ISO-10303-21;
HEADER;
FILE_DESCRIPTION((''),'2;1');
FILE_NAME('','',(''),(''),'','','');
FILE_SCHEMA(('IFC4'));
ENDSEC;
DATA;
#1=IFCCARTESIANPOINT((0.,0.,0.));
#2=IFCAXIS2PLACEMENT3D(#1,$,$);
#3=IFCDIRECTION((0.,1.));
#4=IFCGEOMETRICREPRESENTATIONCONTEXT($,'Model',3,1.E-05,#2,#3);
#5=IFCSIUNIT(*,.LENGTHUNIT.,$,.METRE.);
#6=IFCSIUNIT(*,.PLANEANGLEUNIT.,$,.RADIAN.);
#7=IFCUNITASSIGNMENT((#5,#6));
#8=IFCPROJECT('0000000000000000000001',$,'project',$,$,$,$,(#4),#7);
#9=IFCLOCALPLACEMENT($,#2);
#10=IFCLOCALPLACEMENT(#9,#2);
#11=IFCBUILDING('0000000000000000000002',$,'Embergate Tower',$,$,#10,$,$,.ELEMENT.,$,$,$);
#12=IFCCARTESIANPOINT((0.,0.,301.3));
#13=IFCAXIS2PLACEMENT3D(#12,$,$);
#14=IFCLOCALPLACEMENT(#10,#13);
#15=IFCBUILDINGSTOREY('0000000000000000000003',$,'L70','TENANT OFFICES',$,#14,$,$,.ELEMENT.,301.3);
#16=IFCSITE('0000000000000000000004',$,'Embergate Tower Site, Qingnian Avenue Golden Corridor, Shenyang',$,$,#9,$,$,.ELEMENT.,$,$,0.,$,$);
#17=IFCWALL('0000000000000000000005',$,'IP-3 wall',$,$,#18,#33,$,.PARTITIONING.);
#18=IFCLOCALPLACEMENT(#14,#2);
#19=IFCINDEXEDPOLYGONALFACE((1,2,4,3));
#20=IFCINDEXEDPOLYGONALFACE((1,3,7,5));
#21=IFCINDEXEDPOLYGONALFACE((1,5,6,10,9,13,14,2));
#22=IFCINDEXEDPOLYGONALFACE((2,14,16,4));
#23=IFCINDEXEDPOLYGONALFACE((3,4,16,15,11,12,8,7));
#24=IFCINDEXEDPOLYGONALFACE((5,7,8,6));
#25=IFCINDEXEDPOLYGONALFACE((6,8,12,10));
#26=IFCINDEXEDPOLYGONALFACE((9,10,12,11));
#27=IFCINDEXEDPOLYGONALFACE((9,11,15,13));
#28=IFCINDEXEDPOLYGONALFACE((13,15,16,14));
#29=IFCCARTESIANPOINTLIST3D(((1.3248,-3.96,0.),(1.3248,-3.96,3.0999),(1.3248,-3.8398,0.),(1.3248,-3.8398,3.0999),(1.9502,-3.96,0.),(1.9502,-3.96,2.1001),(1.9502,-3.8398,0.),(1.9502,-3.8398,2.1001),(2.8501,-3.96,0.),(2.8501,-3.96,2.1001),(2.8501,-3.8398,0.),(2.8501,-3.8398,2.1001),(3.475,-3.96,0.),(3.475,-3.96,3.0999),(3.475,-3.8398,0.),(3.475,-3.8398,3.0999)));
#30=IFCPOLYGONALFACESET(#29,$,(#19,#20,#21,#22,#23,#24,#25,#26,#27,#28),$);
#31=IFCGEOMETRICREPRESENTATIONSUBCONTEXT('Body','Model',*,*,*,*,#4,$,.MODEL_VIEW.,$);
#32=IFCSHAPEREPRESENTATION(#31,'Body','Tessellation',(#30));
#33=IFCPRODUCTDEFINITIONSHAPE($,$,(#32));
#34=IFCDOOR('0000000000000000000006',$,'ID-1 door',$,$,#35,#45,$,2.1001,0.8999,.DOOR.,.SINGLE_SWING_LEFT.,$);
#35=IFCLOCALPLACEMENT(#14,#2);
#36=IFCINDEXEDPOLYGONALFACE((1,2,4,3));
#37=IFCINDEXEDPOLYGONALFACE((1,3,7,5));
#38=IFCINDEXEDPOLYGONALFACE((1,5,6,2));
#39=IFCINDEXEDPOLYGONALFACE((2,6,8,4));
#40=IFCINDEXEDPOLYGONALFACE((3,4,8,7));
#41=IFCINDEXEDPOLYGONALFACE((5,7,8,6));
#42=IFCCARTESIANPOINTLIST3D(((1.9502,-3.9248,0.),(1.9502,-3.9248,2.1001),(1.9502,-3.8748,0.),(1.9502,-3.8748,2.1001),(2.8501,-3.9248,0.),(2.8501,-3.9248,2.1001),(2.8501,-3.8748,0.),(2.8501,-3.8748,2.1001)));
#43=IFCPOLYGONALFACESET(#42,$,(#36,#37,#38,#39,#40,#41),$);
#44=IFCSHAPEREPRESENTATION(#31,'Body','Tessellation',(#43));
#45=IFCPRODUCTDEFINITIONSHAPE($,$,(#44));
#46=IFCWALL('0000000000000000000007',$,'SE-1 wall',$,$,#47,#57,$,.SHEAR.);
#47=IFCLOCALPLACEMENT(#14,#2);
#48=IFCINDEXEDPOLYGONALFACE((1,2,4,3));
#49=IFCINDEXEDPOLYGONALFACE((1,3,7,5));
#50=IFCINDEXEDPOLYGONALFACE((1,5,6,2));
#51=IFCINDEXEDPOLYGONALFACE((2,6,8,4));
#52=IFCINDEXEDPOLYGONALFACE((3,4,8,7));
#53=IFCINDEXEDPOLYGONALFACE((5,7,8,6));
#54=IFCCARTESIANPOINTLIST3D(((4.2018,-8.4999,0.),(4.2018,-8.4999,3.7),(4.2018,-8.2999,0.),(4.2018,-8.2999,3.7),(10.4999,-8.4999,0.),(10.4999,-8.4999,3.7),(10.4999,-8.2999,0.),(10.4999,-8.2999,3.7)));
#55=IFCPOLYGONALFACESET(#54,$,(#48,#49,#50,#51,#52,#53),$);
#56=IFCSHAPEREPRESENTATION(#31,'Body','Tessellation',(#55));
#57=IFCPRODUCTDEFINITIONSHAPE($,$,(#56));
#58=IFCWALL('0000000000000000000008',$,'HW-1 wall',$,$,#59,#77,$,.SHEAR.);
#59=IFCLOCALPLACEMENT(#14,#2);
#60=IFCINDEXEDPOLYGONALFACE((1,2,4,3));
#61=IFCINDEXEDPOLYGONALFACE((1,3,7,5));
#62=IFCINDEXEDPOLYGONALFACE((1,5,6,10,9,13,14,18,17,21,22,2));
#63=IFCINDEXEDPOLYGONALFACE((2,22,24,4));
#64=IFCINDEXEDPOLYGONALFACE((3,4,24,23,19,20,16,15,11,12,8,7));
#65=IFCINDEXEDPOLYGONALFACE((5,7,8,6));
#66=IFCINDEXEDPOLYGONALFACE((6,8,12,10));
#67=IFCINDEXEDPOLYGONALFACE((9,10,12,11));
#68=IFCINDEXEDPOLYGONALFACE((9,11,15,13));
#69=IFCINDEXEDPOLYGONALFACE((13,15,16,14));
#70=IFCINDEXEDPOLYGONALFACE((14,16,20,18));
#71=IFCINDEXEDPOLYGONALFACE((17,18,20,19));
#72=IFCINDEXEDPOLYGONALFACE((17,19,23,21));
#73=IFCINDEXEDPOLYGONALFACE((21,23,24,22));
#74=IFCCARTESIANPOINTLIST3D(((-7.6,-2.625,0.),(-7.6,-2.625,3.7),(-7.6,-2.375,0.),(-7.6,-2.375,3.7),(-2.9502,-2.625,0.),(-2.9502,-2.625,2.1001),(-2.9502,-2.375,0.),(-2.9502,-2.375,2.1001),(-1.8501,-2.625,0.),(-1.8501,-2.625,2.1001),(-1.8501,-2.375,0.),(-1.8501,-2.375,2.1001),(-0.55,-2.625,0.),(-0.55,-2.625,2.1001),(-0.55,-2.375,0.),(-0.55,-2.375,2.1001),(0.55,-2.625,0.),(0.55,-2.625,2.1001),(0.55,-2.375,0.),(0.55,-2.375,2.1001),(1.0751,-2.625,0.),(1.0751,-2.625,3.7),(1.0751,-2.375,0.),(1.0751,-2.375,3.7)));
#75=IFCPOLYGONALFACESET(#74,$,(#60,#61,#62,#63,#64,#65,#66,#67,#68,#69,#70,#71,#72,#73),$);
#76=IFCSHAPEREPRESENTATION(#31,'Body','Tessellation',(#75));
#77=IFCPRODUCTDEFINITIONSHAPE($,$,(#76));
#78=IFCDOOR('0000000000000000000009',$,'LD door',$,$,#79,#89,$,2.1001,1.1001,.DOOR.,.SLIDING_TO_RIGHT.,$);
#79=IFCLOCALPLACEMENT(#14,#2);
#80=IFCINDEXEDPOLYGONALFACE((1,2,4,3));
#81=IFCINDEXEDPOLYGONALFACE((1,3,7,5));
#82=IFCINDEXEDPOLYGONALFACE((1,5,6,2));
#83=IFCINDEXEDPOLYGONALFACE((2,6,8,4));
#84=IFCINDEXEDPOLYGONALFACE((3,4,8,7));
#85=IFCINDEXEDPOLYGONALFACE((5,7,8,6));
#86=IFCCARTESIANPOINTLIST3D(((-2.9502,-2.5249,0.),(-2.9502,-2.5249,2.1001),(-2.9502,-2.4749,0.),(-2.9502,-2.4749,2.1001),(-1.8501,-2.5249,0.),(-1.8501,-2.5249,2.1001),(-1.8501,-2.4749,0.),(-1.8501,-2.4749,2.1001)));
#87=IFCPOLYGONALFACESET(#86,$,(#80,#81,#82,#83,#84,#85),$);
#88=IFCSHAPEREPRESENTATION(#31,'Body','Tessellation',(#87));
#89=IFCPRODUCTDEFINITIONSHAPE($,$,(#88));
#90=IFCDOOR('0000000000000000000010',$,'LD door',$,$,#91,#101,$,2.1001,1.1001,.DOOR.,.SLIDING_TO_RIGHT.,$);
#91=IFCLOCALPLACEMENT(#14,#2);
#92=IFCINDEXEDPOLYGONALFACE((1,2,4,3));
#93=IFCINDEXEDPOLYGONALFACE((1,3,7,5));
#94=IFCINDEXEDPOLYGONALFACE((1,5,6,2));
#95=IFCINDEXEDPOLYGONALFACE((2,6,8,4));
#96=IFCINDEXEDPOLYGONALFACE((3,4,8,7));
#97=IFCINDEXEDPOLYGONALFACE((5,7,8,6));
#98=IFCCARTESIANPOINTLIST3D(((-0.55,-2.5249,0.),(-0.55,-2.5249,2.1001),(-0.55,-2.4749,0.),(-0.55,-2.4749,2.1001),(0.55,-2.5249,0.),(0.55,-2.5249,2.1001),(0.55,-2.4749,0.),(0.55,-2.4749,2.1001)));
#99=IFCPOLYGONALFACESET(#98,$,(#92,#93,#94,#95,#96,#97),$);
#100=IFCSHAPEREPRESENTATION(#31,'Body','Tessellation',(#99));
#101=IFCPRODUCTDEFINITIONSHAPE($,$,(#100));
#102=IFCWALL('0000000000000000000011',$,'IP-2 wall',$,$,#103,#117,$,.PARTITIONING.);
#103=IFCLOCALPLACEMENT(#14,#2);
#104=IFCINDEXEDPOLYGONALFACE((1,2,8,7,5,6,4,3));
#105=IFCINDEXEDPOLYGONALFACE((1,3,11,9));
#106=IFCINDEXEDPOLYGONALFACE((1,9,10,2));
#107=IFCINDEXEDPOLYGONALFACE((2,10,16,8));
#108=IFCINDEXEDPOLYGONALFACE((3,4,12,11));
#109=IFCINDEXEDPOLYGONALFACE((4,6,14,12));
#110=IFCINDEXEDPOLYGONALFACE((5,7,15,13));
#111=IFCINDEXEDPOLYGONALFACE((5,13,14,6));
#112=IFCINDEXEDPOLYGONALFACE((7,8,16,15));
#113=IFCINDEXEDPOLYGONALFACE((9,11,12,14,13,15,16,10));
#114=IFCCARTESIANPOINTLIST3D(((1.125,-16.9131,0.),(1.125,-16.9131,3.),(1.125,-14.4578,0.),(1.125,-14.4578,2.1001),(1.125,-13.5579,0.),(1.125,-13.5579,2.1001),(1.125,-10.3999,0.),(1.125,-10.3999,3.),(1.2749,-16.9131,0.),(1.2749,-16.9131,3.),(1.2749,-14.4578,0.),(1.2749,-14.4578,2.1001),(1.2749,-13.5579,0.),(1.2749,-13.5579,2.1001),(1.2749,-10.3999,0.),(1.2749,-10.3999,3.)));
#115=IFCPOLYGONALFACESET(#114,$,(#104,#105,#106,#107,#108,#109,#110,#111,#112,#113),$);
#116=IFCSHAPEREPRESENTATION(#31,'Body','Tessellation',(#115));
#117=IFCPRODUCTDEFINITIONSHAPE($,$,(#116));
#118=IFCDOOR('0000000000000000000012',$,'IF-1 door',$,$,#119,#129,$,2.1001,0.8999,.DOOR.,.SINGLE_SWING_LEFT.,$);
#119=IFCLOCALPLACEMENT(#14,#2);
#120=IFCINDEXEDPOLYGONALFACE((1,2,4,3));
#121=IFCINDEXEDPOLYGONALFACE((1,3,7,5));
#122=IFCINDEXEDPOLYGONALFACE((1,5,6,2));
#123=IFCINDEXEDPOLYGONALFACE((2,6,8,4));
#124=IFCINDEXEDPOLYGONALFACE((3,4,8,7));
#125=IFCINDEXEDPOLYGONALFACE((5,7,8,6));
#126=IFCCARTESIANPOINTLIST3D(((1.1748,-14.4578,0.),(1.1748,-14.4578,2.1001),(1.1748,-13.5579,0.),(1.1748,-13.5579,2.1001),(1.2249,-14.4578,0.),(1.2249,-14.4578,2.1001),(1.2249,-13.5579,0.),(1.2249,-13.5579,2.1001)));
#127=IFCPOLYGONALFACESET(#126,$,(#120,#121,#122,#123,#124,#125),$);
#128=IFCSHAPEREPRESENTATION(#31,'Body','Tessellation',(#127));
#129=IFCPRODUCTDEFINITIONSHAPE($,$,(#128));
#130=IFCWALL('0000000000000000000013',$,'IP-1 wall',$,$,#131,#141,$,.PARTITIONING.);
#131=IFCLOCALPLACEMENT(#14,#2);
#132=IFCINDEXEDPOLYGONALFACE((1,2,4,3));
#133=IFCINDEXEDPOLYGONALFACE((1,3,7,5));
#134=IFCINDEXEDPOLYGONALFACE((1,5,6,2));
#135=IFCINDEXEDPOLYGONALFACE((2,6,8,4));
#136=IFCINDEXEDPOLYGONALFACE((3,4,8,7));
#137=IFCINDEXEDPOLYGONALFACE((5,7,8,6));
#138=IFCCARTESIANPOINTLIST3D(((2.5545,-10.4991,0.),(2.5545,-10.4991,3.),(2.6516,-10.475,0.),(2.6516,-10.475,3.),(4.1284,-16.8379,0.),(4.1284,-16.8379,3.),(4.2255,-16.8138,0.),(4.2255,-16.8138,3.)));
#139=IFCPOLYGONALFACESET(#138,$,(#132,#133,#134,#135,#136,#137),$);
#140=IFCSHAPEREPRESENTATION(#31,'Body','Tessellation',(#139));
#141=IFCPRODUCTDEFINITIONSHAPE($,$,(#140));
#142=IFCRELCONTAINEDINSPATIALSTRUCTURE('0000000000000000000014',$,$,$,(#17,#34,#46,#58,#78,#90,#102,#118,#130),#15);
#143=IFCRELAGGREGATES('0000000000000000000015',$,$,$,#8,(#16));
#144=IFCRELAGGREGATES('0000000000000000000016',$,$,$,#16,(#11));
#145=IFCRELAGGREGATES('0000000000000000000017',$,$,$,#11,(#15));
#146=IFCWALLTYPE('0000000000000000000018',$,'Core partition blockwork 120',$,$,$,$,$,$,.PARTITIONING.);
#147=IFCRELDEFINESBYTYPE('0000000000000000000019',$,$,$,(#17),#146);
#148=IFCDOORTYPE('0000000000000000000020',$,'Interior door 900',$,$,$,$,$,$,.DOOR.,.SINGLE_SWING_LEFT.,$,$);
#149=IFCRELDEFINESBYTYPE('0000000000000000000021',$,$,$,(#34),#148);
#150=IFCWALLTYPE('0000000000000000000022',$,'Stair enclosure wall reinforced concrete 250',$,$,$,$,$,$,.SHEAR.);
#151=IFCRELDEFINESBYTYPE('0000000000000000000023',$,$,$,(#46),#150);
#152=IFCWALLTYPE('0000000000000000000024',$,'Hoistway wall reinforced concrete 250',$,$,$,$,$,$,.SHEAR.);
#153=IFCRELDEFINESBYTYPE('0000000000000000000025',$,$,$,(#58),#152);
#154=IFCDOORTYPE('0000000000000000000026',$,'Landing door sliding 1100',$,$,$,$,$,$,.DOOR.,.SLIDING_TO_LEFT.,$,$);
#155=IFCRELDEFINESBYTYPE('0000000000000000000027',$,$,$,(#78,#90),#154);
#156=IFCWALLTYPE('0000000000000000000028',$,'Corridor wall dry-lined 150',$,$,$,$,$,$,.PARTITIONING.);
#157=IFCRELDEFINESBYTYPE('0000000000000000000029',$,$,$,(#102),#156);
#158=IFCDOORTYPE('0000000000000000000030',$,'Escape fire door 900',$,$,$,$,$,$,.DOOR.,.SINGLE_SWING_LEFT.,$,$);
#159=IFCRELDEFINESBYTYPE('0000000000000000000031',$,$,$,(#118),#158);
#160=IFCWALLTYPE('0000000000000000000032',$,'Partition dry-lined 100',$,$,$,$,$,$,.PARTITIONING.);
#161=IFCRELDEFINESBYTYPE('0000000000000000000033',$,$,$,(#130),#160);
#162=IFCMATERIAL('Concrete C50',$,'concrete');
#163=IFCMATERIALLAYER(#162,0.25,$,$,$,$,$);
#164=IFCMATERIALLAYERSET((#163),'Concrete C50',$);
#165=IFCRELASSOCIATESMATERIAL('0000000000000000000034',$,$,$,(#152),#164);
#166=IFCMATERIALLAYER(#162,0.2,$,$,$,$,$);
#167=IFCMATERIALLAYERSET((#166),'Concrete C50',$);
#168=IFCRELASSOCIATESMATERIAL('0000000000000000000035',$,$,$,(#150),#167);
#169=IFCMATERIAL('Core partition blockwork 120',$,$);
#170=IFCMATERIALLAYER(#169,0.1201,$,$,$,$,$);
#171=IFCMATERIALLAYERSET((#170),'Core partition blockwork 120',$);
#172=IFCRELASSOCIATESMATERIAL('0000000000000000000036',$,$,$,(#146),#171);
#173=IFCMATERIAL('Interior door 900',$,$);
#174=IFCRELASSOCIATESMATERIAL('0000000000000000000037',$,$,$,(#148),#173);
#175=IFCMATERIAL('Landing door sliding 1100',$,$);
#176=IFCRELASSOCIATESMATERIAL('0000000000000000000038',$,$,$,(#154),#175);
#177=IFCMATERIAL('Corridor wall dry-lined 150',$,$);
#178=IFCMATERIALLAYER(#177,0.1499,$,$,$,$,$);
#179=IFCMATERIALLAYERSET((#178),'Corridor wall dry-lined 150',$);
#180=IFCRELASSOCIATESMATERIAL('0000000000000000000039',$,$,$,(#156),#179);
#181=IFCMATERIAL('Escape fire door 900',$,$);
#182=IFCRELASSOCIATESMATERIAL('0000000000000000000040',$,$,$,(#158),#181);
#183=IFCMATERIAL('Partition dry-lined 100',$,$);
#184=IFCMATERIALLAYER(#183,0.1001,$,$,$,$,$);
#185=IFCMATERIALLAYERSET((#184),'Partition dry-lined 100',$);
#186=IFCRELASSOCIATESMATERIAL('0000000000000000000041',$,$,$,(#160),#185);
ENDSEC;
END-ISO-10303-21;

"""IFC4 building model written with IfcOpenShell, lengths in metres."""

from ifc_helpers import new_model, si_unit, direction, frame, frame_2d, origin, place, context, subcontext, project, spatial, rectangle, extrude, source, transform, mapped, material, layer, layer_set, type_object, element, fill, save


model = new_model("IFC4")

# Units and contexts
model_context = context("Model", 3, precision=1e-05, world=origin(), true_north=direction((0.0, 1.0)))
body_context = subcontext(model_context, "Body", "Model", "MODEL_VIEW")
ifc_project = project(units=[si_unit("LENGTHUNIT", "METRE"), si_unit("PLANEANGLEUNIT", "RADIAN")], contexts=[model_context])

# Site, building, storey
site_placement = place(None, origin())
site = spatial("IfcSite", under=ifc_project, at=site_placement, Name="Embergate Tower Site, Qingnian Avenue Golden Corridor, Shenyang", CompositionType="ELEMENT", RefElevation=0.0)
building_placement = place(site_placement, origin())
building = spatial("IfcBuilding", under=site, at=building_placement, Name="Embergate Tower", CompositionType="ELEMENT")
storey_placement = place(building_placement, frame((0.0, 0.0, 301.3)))
storey = spatial("IfcBuildingStorey", under=building, at=storey_placement, Name="L70", Description="TENANT OFFICES", CompositionType="ELEMENT", Elevation=301.3)

# Shared definitions
ifc_material_1 = material(Name="Concrete C50", Category="concrete")
ifc_layer_1 = layer(ifc_material_1, 0.25)
ifc_layer_set_1 = layer_set([ifc_layer_1], Name="Concrete C50")
wall_type_1 = type_object("IfcWallType", Name="Hoistway wall reinforced concrete 250", PredefinedType="SHEAR", material=ifc_layer_set_1)
ifc_layer_2 = layer(ifc_material_1, 0.2)
ifc_layer_set_2 = layer_set([ifc_layer_2], Name="Concrete C50")
wall_type_2 = type_object("IfcWallType", Name="Stair enclosure wall reinforced concrete 250", PredefinedType="SHEAR", material=ifc_layer_set_2)

# Shared definitions
ifc_material_2 = material(Name="Core partition blockwork 120")
ifc_layer_3 = layer(ifc_material_2, 0.1201)
ifc_layer_set_3 = layer_set([ifc_layer_3], Name="Core partition blockwork 120")
wall_type_3 = type_object("IfcWallType", Name="Core partition blockwork 120", PredefinedType="PARTITIONING", material=ifc_layer_set_3)

# Wall, opening, door
shared_shape_1 = source(origin(), body_context, "Body", "SweptSolid", [
    extrude(rectangle(XDim=2.1501, YDim=0.1201, at=frame_2d((1.0752, 0.0))), origin(), (0.0, 0.0, 1.0), 3.0999),
])
wall_1_placement = place(storey_placement, frame((3.4751, -3.8999, 0.0), z_axis=(0.0, 0.0, 1.0), x_axis=(-1.0, 0.0, 0.0)))
wall_1 = element("IfcWall", 1, at=wall_1_placement, inside=storey, type_object=wall_type_3, Name="IP-3 wall", PredefinedType="PARTITIONING", context=body_context, shape_type="MappedRepresentation", body=[
    mapped(shared_shape_1, transform((0.0, 0.0, 0.0))),
])
shared_shape_2 = source(origin(), body_context, "Body", "SweptSolid", [
    extrude(rectangle(XDim=0.8999, YDim=2.1001, at=frame_2d((0.45, 1.05))), frame((0.0, 0.0701, 0.0), z_axis=(0.0, -1.0, 0.0), x_axis=(1.0, 0.0, 0.0)), (0.0, 0.0, 1.0), 0.1401),
])
opening_1_placement = place(wall_1_placement, frame((0.625, 0.0, 0.0)))
opening_1 = element("IfcOpeningElement", 2, at=opening_1_placement, cuts=wall_1, PredefinedType="OPENING", context=body_context, shape_type="MappedRepresentation", body=[
    mapped(shared_shape_2, transform((0.0, 0.0, 0.0))),
])
ifc_material_3 = material(Name="Interior door 900")
door_type_1 = type_object("IfcDoorType", Name="Interior door 900", OperationType="SINGLE_SWING_LEFT", PredefinedType="DOOR", material=ifc_material_3)
shared_shape_3 = source(origin(), body_context, "Body", "SweptSolid", [
    extrude(rectangle(XDim=0.8999, YDim=2.1001, at=frame_2d((0.45, 1.05))), frame((0.0, 0.0249, 0.0), z_axis=(0.0, -1.0, 0.0), x_axis=(1.0, 0.0, 0.0)), (0.0, 0.0, 1.0), 0.05),
])
door_1_placement = place(opening_1_placement, origin())
door_1 = element("IfcDoor", 3, at=door_1_placement, inside=storey, type_object=door_type_1, Name="ID-1 door", OperationType="SINGLE_SWING_LEFT", OverallHeight=2.1001, OverallWidth=0.8999, PredefinedType="DOOR", context=body_context, shape_type="MappedRepresentation", body=[
    mapped(shared_shape_3, transform((0.0, 0.0, 0.0))),
])
fill(opening_1, door_1)

# Wall
shared_shape_4 = source(origin(), body_context, "Body", "SweptSolid", [
    extrude(rectangle(XDim=6.2981, YDim=0.2, at=frame_2d((3.1489, 0.0))), origin(), (0.0, 0.0, 1.0), 3.7),
])
wall_2_placement = place(storey_placement, frame((4.2019, -8.3999, 0.0), z_axis=(0.0, 0.0, 1.0), x_axis=(1.0, 0.0, 0.0)))
element("IfcWall", 4, at=wall_2_placement, inside=storey, type_object=wall_type_2, Name="SE-1 wall", PredefinedType="SHEAR", context=body_context, shape_type="MappedRepresentation", body=[
    mapped(shared_shape_4, transform((0.0, 0.0, 0.0))),
])

# Wall, openings, doors
shared_shape_5 = source(origin(), body_context, "Body", "SweptSolid", [
    extrude(rectangle(XDim=8.675, YDim=0.25, at=frame_2d((4.3374, 0.0))), origin(), (0.0, 0.0, 1.0), 3.7),
])
wall_3_placement = place(storey_placement, frame((1.075, -2.5, 0.0), z_axis=(0.0, 0.0, 1.0), x_axis=(-1.0, 0.0, 0.0)))
wall_3 = element("IfcWall", 5, at=wall_3_placement, inside=storey, type_object=wall_type_1, Name="HW-1 wall", PredefinedType="SHEAR", context=body_context, shape_type="MappedRepresentation", body=[
    mapped(shared_shape_5, transform((0.0, 0.0, 0.0))),
])
shared_shape_6 = source(origin(), body_context, "Body", "SweptSolid", [
    extrude(rectangle(XDim=1.1001, YDim=2.1001, at=frame_2d((0.55, 1.05))), frame((0.0, 0.135, 0.0), z_axis=(0.0, -1.0, 0.0), x_axis=(1.0, 0.0, 0.0)), (0.0, 0.0, 1.0), 0.27),
])
opening_2_placement = place(wall_3_placement, frame((2.925, 0.0, 0.0)))
opening_2 = element("IfcOpeningElement", 6, at=opening_2_placement, cuts=wall_3, PredefinedType="OPENING", context=body_context, shape_type="MappedRepresentation", body=[
    mapped(shared_shape_6, transform((0.0, 0.0, 0.0))),
])
opening_3_placement = place(wall_3_placement, frame((0.5249, 0.0, 0.0)))
opening_3 = element("IfcOpeningElement", 7, at=opening_3_placement, cuts=wall_3, PredefinedType="OPENING", context=body_context, shape_type="MappedRepresentation", body=[
    mapped(shared_shape_6, transform((0.0, 0.0, 0.0))),
])
ifc_material_4 = material(Name="Landing door sliding 1100")
door_type_2 = type_object("IfcDoorType", Name="Landing door sliding 1100", OperationType="SLIDING_TO_LEFT", PredefinedType="DOOR", material=ifc_material_4)
shared_shape_7 = source(origin(), body_context, "Body", "SweptSolid", [
    extrude(rectangle(XDim=1.1001, YDim=2.1001, at=frame_2d((0.55, 1.05))), frame((0.0, 0.0249, 0.0), z_axis=(0.0, -1.0, 0.0), x_axis=(1.0, 0.0, 0.0)), (0.0, 0.0, 1.0), 0.05),
])
door_2_placement = place(opening_2_placement, origin())
door_2 = element("IfcDoor", 8, at=door_2_placement, inside=storey, type_object=door_type_2, Name="LD door", OperationType="SLIDING_TO_RIGHT", OverallHeight=2.1001, OverallWidth=1.1001, PredefinedType="DOOR", context=body_context, shape_type="MappedRepresentation", body=[
    mapped(shared_shape_7, transform((0.0, 0.0, 0.0))),
])
fill(opening_2, door_2)
door_3_placement = place(opening_3_placement, origin())
door_3 = element("IfcDoor", 9, at=door_3_placement, inside=storey, type_object=door_type_2, Name="LD door", OperationType="SLIDING_TO_RIGHT", OverallHeight=2.1001, OverallWidth=1.1001, PredefinedType="DOOR", context=body_context, shape_type="MappedRepresentation", body=[
    mapped(shared_shape_7, transform((0.0, 0.0, 0.0))),
])
fill(opening_3, door_3)

# Wall, opening, door
ifc_material_5 = material(Name="Corridor wall dry-lined 150")
ifc_layer_4 = layer(ifc_material_5, 0.1499)
ifc_layer_set_4 = layer_set([ifc_layer_4], Name="Corridor wall dry-lined 150")
wall_type_4 = type_object("IfcWallType", Name="Corridor wall dry-lined 150", PredefinedType="PARTITIONING", material=ifc_layer_set_4)
shared_shape_8 = source(origin(), body_context, "Body", "SweptSolid", [
    extrude(rectangle(XDim=6.5132, YDim=0.1499, at=frame_2d((3.2566, 0.0))), origin(), (0.0, 0.0, 1.0), 3.0),
])
wall_4_placement = place(storey_placement, frame((1.2, -10.3999, 0.0), z_axis=(0.0, 0.0, 1.0), x_axis=(0.0, -1.0, 0.0)))
wall_4 = element("IfcWall", 10, at=wall_4_placement, inside=storey, type_object=wall_type_4, Name="IP-2 wall", PredefinedType="PARTITIONING", context=body_context, shape_type="MappedRepresentation", body=[
    mapped(shared_shape_8, transform((0.0, 0.0, 0.0))),
])
shared_shape_9 = source(origin(), body_context, "Body", "SweptSolid", [
    extrude(rectangle(XDim=0.8999, YDim=2.1001, at=frame_2d((0.45, 1.05))), frame((0.0, 0.085, 0.0), z_axis=(0.0, -1.0, 0.0), x_axis=(1.0, 0.0, 0.0)), (0.0, 0.0, 1.0), 0.1699),
])
opening_4_placement = place(wall_4_placement, frame((3.158, 0.0, 0.0)))
opening_4 = element("IfcOpeningElement", 11, at=opening_4_placement, cuts=wall_4, PredefinedType="OPENING", context=body_context, shape_type="MappedRepresentation", body=[
    mapped(shared_shape_9, transform((0.0, 0.0, 0.0))),
])
ifc_material_6 = material(Name="Escape fire door 900")
door_type_3 = type_object("IfcDoorType", Name="Escape fire door 900", OperationType="SINGLE_SWING_LEFT", PredefinedType="DOOR", material=ifc_material_6)
door_4_placement = place(opening_4_placement, origin())
door_4 = element("IfcDoor", 12, at=door_4_placement, inside=storey, type_object=door_type_3, Name="IF-1 door", OperationType="SINGLE_SWING_LEFT", OverallHeight=2.1001, OverallWidth=0.8999, PredefinedType="DOOR", context=body_context, shape_type="MappedRepresentation", body=[
    mapped(shared_shape_3, transform((0.0, 0.0, 0.0))),
])
fill(opening_4, door_4)

# Wall
ifc_material_7 = material(Name="Partition dry-lined 100")
ifc_layer_5 = layer(ifc_material_7, 0.1001)
ifc_layer_set_5 = layer_set([ifc_layer_5], Name="Partition dry-lined 100")
wall_type_5 = type_object("IfcWallType", Name="Partition dry-lined 100", PredefinedType="PARTITIONING", material=ifc_layer_set_5)
shared_shape_10 = source(origin(), body_context, "Body", "SweptSolid", [
    extrude(rectangle(XDim=6.5312, YDim=0.1001, at=frame_2d((3.2656, 0.0))), origin(), (0.0, 0.0, 1.0), 3.0),
])
wall_5_placement = place(storey_placement, frame((2.603, -10.4871, 0.0), z_axis=(0.0, 0.0, 1.0), x_axis=(0.240987, -0.970528, 0.0)))
element("IfcWall", 13, at=wall_5_placement, inside=storey, type_object=wall_type_5, Name="IP-1 wall", PredefinedType="PARTITIONING", context=body_context, shape_type="MappedRepresentation", body=[
    mapped(shared_shape_10, transform((0.0, 0.0, 0.0))),
])

save(model, "model.ifc")
